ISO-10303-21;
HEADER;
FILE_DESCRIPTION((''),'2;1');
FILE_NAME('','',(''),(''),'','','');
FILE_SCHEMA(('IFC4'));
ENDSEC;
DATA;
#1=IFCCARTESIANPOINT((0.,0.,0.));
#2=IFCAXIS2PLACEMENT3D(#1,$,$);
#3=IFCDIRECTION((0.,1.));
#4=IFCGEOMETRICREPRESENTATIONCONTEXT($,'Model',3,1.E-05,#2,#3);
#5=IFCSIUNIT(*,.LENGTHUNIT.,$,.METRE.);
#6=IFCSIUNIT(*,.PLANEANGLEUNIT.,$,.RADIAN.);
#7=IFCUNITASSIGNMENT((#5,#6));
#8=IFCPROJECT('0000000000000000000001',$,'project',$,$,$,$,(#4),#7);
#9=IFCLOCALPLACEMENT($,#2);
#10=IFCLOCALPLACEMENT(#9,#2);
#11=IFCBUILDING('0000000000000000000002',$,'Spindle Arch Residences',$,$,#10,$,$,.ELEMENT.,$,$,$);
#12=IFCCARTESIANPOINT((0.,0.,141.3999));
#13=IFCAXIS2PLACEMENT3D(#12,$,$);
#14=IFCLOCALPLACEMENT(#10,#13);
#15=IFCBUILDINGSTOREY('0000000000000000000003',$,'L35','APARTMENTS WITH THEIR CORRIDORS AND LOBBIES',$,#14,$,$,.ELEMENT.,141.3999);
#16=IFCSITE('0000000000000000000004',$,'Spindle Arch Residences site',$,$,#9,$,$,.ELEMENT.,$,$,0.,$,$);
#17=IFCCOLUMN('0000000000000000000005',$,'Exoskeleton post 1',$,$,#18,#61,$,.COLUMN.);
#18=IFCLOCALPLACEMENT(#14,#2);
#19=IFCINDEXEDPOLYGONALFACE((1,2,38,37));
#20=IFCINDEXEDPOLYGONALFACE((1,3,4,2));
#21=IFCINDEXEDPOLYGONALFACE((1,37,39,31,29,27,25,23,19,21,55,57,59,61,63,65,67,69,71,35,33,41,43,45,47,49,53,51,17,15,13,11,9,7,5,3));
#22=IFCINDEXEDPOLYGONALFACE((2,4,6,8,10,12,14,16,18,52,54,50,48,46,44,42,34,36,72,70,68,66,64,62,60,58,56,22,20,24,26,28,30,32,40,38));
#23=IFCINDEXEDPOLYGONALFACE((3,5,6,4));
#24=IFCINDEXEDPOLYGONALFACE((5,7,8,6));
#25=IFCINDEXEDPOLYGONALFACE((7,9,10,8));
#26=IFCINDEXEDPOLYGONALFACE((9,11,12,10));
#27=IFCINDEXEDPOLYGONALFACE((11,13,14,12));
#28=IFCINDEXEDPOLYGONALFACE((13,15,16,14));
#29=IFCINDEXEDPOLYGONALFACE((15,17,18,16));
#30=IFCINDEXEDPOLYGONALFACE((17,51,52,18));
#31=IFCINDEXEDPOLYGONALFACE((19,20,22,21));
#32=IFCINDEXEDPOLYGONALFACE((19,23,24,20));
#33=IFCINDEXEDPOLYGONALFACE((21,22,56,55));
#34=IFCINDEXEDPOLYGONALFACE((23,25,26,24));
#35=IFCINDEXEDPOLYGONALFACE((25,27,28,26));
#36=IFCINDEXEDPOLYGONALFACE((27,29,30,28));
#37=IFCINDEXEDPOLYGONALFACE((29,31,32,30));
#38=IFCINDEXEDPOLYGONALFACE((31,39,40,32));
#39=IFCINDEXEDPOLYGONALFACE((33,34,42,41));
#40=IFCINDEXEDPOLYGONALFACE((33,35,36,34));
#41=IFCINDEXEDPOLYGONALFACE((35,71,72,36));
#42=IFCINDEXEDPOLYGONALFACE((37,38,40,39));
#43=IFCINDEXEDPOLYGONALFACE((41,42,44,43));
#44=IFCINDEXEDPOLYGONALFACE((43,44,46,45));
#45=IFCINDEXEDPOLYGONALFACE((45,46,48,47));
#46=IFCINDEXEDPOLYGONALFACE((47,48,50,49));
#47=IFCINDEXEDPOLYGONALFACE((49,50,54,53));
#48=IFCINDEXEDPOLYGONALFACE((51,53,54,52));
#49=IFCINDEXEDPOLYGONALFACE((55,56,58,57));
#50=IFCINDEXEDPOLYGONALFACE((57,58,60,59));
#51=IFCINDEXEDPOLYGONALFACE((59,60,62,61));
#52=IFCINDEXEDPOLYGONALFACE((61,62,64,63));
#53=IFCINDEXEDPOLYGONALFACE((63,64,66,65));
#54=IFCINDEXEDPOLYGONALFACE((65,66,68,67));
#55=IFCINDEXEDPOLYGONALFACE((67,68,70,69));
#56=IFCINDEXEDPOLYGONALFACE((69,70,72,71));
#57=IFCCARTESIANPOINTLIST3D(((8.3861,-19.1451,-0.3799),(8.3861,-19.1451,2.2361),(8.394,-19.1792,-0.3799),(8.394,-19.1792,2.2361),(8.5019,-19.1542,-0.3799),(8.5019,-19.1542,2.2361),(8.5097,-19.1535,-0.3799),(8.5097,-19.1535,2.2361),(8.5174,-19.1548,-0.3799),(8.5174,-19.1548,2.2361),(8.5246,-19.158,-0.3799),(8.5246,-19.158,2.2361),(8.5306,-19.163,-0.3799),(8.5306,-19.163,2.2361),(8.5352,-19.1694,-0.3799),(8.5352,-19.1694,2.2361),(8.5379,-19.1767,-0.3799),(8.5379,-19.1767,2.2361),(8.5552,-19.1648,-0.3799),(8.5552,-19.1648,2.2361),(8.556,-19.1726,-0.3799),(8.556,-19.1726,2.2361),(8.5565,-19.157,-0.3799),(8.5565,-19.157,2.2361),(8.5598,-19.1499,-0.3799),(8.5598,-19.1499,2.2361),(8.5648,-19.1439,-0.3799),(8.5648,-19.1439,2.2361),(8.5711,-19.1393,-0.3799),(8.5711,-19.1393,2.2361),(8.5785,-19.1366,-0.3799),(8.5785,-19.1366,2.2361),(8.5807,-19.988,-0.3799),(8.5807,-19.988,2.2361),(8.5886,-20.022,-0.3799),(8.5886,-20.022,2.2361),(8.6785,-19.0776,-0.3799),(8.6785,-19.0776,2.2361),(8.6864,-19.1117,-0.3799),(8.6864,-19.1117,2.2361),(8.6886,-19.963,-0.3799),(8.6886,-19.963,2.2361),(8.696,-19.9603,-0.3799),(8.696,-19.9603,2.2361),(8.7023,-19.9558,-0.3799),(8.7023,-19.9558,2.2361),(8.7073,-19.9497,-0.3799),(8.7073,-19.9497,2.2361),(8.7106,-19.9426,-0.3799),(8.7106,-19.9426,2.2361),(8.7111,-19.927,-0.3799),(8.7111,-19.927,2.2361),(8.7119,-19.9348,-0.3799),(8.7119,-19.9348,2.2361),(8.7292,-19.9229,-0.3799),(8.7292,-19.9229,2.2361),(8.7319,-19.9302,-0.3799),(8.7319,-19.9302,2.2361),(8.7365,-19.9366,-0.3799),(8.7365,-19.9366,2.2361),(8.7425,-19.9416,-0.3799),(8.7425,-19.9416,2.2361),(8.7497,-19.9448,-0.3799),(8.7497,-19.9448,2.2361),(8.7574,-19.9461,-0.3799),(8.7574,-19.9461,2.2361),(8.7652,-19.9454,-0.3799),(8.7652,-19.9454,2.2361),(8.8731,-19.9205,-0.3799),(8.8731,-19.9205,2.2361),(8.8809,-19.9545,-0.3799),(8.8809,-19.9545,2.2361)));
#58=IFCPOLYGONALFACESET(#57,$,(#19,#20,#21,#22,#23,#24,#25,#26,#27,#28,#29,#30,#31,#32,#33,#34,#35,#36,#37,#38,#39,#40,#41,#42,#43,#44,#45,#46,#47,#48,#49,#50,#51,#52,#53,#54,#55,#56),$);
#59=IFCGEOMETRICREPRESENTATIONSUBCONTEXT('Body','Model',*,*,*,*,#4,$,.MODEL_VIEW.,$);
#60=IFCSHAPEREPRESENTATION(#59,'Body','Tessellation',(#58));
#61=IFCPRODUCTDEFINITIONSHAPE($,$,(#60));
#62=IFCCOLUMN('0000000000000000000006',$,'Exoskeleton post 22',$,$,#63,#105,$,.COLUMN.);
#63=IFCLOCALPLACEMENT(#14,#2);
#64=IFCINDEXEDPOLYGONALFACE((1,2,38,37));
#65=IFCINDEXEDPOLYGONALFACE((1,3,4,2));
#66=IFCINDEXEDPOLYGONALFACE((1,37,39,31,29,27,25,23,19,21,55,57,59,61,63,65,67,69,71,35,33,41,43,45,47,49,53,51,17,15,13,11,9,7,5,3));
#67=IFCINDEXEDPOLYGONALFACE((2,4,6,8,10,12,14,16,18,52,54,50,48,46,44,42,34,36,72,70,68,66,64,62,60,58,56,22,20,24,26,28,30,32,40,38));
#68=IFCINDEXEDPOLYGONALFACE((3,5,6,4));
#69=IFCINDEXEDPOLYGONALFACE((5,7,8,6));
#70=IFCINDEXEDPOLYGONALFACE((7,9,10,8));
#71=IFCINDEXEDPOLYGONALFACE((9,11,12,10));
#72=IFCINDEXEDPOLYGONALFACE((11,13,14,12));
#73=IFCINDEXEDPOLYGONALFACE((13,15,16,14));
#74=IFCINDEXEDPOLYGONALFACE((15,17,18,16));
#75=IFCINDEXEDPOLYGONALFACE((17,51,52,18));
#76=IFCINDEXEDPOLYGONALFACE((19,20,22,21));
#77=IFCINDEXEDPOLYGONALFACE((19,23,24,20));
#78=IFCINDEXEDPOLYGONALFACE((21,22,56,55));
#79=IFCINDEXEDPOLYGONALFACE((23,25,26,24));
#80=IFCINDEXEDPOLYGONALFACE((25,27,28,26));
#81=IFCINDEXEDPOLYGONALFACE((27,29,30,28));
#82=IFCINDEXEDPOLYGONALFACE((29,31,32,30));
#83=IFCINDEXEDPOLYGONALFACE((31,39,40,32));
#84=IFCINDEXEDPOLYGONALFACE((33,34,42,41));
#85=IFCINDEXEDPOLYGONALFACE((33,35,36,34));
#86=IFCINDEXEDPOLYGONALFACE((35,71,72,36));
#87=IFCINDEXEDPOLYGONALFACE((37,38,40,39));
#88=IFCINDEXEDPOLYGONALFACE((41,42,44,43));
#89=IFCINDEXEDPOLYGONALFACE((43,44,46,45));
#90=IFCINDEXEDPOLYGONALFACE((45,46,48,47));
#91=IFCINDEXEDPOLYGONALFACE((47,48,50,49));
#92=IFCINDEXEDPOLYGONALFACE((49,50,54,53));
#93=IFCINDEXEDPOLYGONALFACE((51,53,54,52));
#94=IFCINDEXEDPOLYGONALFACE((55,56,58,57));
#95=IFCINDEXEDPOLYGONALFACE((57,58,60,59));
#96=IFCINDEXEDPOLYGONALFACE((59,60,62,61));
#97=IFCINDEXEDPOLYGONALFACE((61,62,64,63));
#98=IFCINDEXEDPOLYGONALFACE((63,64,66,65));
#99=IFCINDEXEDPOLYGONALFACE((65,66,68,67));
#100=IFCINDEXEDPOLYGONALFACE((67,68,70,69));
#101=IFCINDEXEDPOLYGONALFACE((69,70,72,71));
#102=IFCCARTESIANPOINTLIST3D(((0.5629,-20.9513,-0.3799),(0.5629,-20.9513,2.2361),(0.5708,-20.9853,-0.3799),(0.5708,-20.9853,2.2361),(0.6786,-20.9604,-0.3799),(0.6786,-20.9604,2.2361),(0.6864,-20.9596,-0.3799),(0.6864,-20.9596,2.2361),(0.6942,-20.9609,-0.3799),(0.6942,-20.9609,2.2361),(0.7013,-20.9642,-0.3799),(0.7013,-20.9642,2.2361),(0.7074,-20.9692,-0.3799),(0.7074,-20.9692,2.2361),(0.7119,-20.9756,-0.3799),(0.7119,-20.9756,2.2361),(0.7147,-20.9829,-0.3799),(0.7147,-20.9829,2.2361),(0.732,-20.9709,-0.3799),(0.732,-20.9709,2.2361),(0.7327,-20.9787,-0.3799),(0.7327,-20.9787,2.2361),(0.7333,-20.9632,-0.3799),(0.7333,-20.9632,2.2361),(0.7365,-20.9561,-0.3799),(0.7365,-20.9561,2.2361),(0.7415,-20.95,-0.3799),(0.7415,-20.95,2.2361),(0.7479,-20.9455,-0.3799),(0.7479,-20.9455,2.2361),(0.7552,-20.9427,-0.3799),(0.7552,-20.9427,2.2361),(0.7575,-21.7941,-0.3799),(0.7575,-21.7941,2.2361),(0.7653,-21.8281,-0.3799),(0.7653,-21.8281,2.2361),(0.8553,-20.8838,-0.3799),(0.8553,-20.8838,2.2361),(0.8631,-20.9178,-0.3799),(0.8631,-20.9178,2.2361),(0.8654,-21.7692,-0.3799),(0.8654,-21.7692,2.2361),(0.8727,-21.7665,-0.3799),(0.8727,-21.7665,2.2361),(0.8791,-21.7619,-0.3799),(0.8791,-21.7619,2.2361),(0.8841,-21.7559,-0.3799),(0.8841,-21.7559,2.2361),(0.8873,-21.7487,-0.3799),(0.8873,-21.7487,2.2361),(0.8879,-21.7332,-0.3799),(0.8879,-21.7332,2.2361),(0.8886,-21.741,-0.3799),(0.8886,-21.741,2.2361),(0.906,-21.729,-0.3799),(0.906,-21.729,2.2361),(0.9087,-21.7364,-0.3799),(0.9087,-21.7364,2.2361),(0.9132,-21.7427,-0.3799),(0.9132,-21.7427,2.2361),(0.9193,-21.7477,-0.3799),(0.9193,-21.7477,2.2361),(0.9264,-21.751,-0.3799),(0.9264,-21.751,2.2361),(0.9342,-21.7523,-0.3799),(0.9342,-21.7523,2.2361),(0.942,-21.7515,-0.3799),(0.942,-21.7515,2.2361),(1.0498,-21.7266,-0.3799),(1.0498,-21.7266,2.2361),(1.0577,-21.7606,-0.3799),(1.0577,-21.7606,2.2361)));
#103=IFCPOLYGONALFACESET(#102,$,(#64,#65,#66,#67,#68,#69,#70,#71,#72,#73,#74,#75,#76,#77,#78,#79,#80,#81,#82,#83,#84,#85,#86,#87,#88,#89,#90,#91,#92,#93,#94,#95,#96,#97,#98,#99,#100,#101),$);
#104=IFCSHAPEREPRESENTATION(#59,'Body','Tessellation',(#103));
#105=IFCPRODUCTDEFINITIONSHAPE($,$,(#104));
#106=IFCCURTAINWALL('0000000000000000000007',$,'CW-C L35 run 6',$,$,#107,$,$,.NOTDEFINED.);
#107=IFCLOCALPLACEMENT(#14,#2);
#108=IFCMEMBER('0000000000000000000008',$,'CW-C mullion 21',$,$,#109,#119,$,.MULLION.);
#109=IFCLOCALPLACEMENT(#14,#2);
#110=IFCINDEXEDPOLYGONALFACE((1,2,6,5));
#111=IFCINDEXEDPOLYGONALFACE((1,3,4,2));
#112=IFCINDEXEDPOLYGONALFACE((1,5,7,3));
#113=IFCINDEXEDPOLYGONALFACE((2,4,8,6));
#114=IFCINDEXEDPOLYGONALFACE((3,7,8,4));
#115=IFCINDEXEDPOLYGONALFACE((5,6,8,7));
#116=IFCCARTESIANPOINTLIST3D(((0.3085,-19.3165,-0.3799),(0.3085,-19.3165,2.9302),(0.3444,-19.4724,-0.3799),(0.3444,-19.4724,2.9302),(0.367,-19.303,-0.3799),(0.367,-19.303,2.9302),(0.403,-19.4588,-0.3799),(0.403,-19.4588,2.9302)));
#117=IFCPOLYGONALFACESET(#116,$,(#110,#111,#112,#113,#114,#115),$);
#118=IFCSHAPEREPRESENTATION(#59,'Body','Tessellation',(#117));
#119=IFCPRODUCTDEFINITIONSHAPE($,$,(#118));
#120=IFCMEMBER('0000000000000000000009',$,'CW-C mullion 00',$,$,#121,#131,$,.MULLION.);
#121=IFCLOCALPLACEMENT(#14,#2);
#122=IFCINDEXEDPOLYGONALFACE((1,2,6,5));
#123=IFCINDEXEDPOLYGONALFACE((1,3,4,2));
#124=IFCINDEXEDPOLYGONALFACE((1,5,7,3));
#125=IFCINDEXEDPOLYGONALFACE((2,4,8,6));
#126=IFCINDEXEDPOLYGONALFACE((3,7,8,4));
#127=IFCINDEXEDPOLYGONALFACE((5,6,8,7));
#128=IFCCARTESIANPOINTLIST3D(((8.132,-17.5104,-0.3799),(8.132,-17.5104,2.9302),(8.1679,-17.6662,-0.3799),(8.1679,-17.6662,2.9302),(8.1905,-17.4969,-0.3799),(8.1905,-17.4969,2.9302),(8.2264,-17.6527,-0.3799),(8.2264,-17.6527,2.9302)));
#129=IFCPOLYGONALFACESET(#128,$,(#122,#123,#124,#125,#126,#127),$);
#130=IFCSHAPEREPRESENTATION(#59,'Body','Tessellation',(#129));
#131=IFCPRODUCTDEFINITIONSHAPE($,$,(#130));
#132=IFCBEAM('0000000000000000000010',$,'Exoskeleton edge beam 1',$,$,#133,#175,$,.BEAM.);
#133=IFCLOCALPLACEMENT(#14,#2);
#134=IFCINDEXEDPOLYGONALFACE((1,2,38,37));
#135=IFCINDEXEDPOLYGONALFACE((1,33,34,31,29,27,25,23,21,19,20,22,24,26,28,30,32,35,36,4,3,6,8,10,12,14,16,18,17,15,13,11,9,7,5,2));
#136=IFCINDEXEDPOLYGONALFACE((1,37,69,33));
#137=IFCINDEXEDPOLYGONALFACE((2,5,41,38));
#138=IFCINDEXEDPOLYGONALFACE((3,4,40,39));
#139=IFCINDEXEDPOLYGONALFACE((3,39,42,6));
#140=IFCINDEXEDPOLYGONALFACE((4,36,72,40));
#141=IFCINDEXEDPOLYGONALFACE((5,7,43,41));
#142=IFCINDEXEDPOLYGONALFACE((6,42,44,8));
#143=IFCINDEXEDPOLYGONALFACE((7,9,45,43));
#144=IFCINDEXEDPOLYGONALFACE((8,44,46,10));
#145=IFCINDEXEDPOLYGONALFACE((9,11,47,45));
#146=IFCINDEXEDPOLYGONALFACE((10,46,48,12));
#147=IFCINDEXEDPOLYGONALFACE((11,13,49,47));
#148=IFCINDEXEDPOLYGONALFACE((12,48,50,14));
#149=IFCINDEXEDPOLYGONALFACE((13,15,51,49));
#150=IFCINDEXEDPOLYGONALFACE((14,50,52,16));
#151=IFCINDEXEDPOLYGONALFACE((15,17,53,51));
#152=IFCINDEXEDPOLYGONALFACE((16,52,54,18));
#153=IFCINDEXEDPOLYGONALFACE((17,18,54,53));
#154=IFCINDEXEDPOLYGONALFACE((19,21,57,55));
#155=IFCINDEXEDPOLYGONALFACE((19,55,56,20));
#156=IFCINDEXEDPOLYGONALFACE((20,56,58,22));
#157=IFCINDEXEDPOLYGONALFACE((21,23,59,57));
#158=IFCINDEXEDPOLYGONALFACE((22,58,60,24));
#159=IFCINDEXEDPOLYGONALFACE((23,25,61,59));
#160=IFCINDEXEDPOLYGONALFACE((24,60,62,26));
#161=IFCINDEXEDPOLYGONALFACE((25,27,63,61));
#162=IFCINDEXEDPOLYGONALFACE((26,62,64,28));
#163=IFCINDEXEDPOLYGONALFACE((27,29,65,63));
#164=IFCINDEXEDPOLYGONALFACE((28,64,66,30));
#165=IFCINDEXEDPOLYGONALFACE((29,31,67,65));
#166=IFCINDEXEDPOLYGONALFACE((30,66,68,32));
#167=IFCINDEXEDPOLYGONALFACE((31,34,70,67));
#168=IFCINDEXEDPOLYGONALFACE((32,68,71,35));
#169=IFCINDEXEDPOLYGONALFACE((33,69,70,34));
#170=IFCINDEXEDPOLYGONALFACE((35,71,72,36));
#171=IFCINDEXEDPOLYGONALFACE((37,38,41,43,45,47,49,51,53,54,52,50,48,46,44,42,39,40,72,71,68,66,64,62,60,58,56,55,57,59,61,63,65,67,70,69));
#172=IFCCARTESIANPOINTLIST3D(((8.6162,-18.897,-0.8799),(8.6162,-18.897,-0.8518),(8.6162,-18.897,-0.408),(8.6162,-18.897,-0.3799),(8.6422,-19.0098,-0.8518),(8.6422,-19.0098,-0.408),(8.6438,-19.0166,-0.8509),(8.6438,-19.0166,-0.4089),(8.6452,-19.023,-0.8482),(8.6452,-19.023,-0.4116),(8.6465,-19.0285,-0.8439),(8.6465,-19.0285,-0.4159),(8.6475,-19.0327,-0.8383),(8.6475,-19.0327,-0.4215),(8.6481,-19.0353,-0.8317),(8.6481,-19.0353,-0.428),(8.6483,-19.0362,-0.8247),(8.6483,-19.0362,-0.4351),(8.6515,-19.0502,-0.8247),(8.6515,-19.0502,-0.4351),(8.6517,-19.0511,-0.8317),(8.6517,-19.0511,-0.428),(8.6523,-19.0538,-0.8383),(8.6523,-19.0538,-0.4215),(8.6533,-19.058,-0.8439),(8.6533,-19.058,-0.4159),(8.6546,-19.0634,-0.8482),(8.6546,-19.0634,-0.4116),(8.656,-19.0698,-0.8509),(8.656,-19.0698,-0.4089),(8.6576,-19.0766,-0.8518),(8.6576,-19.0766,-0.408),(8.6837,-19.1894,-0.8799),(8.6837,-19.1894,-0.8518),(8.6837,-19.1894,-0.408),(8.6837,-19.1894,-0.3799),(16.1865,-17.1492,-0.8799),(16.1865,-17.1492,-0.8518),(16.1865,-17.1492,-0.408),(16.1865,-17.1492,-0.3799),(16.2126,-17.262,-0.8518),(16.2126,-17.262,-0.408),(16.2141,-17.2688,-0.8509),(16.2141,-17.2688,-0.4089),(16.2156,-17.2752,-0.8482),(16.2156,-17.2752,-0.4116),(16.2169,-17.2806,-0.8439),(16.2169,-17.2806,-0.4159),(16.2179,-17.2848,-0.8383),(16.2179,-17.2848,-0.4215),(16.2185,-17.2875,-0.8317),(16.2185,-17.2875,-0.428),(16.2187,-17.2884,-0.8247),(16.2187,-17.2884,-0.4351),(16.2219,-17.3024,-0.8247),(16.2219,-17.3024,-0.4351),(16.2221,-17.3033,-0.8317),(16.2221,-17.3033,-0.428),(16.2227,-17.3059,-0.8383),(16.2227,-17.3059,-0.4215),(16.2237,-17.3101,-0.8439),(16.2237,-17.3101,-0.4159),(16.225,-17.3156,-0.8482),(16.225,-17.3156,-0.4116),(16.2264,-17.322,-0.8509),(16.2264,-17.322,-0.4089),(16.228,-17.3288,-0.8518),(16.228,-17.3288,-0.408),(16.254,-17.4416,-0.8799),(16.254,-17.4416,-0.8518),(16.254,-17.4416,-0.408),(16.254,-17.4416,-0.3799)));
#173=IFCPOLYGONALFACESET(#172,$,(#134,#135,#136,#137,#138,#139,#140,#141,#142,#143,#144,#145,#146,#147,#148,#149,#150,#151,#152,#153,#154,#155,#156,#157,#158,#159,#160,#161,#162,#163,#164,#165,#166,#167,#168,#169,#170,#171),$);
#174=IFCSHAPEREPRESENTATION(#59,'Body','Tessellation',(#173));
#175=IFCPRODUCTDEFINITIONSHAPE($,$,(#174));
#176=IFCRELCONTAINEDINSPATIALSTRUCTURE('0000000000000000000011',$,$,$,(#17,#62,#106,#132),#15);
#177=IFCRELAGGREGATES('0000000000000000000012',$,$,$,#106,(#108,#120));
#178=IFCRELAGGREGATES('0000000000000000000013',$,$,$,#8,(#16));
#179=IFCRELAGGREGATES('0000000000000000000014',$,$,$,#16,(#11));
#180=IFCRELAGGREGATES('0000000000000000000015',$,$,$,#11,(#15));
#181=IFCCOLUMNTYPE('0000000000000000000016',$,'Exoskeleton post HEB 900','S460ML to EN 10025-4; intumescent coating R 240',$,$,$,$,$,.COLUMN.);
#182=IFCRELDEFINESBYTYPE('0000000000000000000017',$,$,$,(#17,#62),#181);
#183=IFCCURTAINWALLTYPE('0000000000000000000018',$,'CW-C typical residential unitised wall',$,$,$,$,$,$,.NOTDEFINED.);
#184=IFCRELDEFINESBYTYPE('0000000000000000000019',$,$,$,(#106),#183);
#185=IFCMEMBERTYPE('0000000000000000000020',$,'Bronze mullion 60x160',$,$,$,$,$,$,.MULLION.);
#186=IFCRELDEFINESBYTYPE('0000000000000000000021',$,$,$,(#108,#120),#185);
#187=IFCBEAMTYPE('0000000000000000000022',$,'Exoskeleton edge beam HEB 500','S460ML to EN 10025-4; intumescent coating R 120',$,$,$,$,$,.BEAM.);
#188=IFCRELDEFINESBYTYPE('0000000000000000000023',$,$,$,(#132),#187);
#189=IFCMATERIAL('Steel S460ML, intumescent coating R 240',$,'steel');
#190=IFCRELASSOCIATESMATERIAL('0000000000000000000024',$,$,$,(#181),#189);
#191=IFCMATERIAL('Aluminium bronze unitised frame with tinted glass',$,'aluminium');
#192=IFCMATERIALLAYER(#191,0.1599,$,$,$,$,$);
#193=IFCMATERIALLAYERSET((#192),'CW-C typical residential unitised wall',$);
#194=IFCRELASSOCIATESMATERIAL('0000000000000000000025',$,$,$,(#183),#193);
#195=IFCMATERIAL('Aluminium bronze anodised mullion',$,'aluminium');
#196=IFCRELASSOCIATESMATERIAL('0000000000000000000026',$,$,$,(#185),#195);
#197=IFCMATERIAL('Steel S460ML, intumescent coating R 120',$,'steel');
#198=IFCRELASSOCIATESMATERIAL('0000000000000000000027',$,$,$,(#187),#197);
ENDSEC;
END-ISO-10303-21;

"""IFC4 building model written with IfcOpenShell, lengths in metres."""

from ifc_helpers import new_model, si_unit, direction, frame, origin, origin_2d, place, context, subcontext, project, spatial, rectangle, i_section, extrude, material, layer, layer_set, material_profile, profile_set, type_object, element, aggregate, save


model = new_model("IFC4")

# Units and contexts
model_context = context("Model", 3, precision=1e-05, world=origin(), true_north=direction((0.0, 1.0)))
body_context = subcontext(model_context, "Body", "Model", "MODEL_VIEW")
ifc_project = project(units=[si_unit("LENGTHUNIT", "METRE"), si_unit("PLANEANGLEUNIT", "RADIAN")], contexts=[model_context])

# Site, building, storey
site_placement = place(None, origin())
site = spatial("IfcSite", under=ifc_project, at=site_placement, Name="Spindle Arch Residences site", CompositionType="ELEMENT", RefElevation=0.0)
building_placement = place(site_placement, origin())
building = spatial("IfcBuilding", under=site, at=building_placement, Name="Spindle Arch Residences", CompositionType="ELEMENT")
storey_placement = place(building_placement, frame((0.0, 0.0, 141.3999)))
storey = spatial("IfcBuildingStorey", under=building, at=storey_placement, Name="L35", Description="APARTMENTS WITH THEIR CORRIDORS AND LOBBIES", CompositionType="ELEMENT", Elevation=141.3999)

# Columns
ifc_material_1 = material(Name="Steel S460ML, intumescent coating R 240", Category="steel")
ifc_material_profile_1 = material_profile(ifc_material_1, i_section(OverallWidth=0.3, OverallDepth=0.8999, WebThickness=0.0186, FlangeThickness=0.0349, FilletRadius=0.03, at=origin_2d()), Name="HEB 900")
ifc_profile_set_1 = profile_set([ifc_material_profile_1], Name="Steel S460ML, intumescent coating R 240")
column_type = type_object("IfcColumnType", Name="Exoskeleton post HEB 900", Description="S460ML to EN 10025-4; intumescent coating R 240", PredefinedType="COLUMN", material=ifc_profile_set_1)
for number, where, z_axis, x_axis, name in (
    (1, (8.6335, -19.5498, -0.3799), (0.0, 0.0, 1.0), (-0.97437, -0.224951, 0.0), "Exoskeleton post 1"),
    (2, (0.8103, -21.356, -0.3799), (0.0, 0.0, 1.0), (-0.97437, -0.224951, 0.0), "Exoskeleton post 22"),
):
    element("IfcColumn", number, at=place(storey_placement, frame(where, z_axis=z_axis, x_axis=x_axis)), inside=storey, type_object=column_type, Name=name, PredefinedType="COLUMN", context=body_context, shape_type="SweptSolid", body=[
        extrude(i_section(OverallWidth=0.3, OverallDepth=0.8999, WebThickness=0.0186, FlangeThickness=0.0349, FilletRadius=0.03, at=origin_2d()), origin(), (0.0, 0.0, 1.0), 2.616),
    ])

# Curtain wall, members
ifc_material_2 = material(Name="Aluminium bronze unitised frame with tinted glass", Category="aluminium")
ifc_layer_1 = layer(ifc_material_2, 0.1599)
ifc_layer_set_1 = layer_set([ifc_layer_1], Name="CW-C typical residential unitised wall")
curtain_wall_type = type_object("IfcCurtainWallType", Name="CW-C typical residential unitised wall", PredefinedType="NOTDEFINED", material=ifc_layer_set_1)
curtain_wall_placement = place(storey_placement, origin())
curtain_wall = element("IfcCurtainWall", 3, at=curtain_wall_placement, inside=storey, type_object=curtain_wall_type, Name="CW-C L35 run 6", PredefinedType="NOTDEFINED")
ifc_material_3 = material(Name="Aluminium bronze anodised mullion", Category="aluminium")
ifc_material_profile_2 = material_profile(ifc_material_3, rectangle(XDim=0.1599, YDim=0.0601, at=origin_2d()), Name="MU 60x160")
ifc_profile_set_2 = profile_set([ifc_material_profile_2], Name="Aluminium bronze anodised mullion")
member_type = type_object("IfcMemberType", Name="Bronze mullion 60x160", PredefinedType="MULLION", material=ifc_profile_set_2)
member_1_placement = place(storey_placement, frame((0.3557, -19.3877, -0.3799), z_axis=(0.0, 0.0, 1.0), x_axis=(-0.224951, 0.97437, 0.0)))
member_1 = element("IfcMember", 4, at=member_1_placement, type_object=member_type, Name="CW-C mullion 21", PredefinedType="MULLION", context=body_context, shape_type="SweptSolid", body=[
    extrude(rectangle(XDim=0.1599, YDim=0.0601, at=origin_2d()), origin(), (0.0, 0.0, 1.0), 3.3101),
])
member_2_placement = place(storey_placement, frame((8.1792, -17.5815, -0.3799), z_axis=(0.0, 0.0, 1.0), x_axis=(-0.224951, 0.97437, 0.0)))
member_2 = element("IfcMember", 5, at=member_2_placement, type_object=member_type, Name="CW-C mullion 00", PredefinedType="MULLION", context=body_context, shape_type="SweptSolid", body=[
    extrude(rectangle(XDim=0.1599, YDim=0.0601, at=origin_2d()), origin(), (0.0, 0.0, 1.0), 3.3101),
])

# Beam
ifc_material_4 = material(Name="Steel S460ML, intumescent coating R 120", Category="steel")
ifc_material_profile_3 = material_profile(ifc_material_4, i_section(OverallWidth=0.3, OverallDepth=0.5, WebThickness=0.0144, FlangeThickness=0.0281, FilletRadius=0.0271, at=origin_2d()), Name="HEB 500")
ifc_profile_set_3 = profile_set([ifc_material_profile_3], Name="Steel S460ML, intumescent coating R 120")
beam_type_1 = type_object("IfcBeamType", Name="Exoskeleton edge beam HEB 500", Description="S460ML to EN 10025-4; intumescent coating R 120", PredefinedType="BEAM", material=ifc_profile_set_3)
beam_1_placement = place(storey_placement, frame((8.6499, -19.0432, -0.6299), z_axis=(0.974368, 0.224958, 0.0), x_axis=(-0.224958, 0.974368, 0.0)))
element("IfcBeam", 6, at=beam_1_placement, inside=storey, type_object=beam_type_1, Name="Exoskeleton edge beam 1", PredefinedType="BEAM", context=body_context, shape_type="SweptSolid", body=[
    extrude(i_section(OverallWidth=0.3, OverallDepth=0.5, WebThickness=0.0144, FlangeThickness=0.0281, FilletRadius=0.0271, at=origin_2d()), origin(), (0.0, 0.0, 1.0), 7.7695),
])

aggregate(curtain_wall, [member_1, member_2])

save(model, "model.ifc")
